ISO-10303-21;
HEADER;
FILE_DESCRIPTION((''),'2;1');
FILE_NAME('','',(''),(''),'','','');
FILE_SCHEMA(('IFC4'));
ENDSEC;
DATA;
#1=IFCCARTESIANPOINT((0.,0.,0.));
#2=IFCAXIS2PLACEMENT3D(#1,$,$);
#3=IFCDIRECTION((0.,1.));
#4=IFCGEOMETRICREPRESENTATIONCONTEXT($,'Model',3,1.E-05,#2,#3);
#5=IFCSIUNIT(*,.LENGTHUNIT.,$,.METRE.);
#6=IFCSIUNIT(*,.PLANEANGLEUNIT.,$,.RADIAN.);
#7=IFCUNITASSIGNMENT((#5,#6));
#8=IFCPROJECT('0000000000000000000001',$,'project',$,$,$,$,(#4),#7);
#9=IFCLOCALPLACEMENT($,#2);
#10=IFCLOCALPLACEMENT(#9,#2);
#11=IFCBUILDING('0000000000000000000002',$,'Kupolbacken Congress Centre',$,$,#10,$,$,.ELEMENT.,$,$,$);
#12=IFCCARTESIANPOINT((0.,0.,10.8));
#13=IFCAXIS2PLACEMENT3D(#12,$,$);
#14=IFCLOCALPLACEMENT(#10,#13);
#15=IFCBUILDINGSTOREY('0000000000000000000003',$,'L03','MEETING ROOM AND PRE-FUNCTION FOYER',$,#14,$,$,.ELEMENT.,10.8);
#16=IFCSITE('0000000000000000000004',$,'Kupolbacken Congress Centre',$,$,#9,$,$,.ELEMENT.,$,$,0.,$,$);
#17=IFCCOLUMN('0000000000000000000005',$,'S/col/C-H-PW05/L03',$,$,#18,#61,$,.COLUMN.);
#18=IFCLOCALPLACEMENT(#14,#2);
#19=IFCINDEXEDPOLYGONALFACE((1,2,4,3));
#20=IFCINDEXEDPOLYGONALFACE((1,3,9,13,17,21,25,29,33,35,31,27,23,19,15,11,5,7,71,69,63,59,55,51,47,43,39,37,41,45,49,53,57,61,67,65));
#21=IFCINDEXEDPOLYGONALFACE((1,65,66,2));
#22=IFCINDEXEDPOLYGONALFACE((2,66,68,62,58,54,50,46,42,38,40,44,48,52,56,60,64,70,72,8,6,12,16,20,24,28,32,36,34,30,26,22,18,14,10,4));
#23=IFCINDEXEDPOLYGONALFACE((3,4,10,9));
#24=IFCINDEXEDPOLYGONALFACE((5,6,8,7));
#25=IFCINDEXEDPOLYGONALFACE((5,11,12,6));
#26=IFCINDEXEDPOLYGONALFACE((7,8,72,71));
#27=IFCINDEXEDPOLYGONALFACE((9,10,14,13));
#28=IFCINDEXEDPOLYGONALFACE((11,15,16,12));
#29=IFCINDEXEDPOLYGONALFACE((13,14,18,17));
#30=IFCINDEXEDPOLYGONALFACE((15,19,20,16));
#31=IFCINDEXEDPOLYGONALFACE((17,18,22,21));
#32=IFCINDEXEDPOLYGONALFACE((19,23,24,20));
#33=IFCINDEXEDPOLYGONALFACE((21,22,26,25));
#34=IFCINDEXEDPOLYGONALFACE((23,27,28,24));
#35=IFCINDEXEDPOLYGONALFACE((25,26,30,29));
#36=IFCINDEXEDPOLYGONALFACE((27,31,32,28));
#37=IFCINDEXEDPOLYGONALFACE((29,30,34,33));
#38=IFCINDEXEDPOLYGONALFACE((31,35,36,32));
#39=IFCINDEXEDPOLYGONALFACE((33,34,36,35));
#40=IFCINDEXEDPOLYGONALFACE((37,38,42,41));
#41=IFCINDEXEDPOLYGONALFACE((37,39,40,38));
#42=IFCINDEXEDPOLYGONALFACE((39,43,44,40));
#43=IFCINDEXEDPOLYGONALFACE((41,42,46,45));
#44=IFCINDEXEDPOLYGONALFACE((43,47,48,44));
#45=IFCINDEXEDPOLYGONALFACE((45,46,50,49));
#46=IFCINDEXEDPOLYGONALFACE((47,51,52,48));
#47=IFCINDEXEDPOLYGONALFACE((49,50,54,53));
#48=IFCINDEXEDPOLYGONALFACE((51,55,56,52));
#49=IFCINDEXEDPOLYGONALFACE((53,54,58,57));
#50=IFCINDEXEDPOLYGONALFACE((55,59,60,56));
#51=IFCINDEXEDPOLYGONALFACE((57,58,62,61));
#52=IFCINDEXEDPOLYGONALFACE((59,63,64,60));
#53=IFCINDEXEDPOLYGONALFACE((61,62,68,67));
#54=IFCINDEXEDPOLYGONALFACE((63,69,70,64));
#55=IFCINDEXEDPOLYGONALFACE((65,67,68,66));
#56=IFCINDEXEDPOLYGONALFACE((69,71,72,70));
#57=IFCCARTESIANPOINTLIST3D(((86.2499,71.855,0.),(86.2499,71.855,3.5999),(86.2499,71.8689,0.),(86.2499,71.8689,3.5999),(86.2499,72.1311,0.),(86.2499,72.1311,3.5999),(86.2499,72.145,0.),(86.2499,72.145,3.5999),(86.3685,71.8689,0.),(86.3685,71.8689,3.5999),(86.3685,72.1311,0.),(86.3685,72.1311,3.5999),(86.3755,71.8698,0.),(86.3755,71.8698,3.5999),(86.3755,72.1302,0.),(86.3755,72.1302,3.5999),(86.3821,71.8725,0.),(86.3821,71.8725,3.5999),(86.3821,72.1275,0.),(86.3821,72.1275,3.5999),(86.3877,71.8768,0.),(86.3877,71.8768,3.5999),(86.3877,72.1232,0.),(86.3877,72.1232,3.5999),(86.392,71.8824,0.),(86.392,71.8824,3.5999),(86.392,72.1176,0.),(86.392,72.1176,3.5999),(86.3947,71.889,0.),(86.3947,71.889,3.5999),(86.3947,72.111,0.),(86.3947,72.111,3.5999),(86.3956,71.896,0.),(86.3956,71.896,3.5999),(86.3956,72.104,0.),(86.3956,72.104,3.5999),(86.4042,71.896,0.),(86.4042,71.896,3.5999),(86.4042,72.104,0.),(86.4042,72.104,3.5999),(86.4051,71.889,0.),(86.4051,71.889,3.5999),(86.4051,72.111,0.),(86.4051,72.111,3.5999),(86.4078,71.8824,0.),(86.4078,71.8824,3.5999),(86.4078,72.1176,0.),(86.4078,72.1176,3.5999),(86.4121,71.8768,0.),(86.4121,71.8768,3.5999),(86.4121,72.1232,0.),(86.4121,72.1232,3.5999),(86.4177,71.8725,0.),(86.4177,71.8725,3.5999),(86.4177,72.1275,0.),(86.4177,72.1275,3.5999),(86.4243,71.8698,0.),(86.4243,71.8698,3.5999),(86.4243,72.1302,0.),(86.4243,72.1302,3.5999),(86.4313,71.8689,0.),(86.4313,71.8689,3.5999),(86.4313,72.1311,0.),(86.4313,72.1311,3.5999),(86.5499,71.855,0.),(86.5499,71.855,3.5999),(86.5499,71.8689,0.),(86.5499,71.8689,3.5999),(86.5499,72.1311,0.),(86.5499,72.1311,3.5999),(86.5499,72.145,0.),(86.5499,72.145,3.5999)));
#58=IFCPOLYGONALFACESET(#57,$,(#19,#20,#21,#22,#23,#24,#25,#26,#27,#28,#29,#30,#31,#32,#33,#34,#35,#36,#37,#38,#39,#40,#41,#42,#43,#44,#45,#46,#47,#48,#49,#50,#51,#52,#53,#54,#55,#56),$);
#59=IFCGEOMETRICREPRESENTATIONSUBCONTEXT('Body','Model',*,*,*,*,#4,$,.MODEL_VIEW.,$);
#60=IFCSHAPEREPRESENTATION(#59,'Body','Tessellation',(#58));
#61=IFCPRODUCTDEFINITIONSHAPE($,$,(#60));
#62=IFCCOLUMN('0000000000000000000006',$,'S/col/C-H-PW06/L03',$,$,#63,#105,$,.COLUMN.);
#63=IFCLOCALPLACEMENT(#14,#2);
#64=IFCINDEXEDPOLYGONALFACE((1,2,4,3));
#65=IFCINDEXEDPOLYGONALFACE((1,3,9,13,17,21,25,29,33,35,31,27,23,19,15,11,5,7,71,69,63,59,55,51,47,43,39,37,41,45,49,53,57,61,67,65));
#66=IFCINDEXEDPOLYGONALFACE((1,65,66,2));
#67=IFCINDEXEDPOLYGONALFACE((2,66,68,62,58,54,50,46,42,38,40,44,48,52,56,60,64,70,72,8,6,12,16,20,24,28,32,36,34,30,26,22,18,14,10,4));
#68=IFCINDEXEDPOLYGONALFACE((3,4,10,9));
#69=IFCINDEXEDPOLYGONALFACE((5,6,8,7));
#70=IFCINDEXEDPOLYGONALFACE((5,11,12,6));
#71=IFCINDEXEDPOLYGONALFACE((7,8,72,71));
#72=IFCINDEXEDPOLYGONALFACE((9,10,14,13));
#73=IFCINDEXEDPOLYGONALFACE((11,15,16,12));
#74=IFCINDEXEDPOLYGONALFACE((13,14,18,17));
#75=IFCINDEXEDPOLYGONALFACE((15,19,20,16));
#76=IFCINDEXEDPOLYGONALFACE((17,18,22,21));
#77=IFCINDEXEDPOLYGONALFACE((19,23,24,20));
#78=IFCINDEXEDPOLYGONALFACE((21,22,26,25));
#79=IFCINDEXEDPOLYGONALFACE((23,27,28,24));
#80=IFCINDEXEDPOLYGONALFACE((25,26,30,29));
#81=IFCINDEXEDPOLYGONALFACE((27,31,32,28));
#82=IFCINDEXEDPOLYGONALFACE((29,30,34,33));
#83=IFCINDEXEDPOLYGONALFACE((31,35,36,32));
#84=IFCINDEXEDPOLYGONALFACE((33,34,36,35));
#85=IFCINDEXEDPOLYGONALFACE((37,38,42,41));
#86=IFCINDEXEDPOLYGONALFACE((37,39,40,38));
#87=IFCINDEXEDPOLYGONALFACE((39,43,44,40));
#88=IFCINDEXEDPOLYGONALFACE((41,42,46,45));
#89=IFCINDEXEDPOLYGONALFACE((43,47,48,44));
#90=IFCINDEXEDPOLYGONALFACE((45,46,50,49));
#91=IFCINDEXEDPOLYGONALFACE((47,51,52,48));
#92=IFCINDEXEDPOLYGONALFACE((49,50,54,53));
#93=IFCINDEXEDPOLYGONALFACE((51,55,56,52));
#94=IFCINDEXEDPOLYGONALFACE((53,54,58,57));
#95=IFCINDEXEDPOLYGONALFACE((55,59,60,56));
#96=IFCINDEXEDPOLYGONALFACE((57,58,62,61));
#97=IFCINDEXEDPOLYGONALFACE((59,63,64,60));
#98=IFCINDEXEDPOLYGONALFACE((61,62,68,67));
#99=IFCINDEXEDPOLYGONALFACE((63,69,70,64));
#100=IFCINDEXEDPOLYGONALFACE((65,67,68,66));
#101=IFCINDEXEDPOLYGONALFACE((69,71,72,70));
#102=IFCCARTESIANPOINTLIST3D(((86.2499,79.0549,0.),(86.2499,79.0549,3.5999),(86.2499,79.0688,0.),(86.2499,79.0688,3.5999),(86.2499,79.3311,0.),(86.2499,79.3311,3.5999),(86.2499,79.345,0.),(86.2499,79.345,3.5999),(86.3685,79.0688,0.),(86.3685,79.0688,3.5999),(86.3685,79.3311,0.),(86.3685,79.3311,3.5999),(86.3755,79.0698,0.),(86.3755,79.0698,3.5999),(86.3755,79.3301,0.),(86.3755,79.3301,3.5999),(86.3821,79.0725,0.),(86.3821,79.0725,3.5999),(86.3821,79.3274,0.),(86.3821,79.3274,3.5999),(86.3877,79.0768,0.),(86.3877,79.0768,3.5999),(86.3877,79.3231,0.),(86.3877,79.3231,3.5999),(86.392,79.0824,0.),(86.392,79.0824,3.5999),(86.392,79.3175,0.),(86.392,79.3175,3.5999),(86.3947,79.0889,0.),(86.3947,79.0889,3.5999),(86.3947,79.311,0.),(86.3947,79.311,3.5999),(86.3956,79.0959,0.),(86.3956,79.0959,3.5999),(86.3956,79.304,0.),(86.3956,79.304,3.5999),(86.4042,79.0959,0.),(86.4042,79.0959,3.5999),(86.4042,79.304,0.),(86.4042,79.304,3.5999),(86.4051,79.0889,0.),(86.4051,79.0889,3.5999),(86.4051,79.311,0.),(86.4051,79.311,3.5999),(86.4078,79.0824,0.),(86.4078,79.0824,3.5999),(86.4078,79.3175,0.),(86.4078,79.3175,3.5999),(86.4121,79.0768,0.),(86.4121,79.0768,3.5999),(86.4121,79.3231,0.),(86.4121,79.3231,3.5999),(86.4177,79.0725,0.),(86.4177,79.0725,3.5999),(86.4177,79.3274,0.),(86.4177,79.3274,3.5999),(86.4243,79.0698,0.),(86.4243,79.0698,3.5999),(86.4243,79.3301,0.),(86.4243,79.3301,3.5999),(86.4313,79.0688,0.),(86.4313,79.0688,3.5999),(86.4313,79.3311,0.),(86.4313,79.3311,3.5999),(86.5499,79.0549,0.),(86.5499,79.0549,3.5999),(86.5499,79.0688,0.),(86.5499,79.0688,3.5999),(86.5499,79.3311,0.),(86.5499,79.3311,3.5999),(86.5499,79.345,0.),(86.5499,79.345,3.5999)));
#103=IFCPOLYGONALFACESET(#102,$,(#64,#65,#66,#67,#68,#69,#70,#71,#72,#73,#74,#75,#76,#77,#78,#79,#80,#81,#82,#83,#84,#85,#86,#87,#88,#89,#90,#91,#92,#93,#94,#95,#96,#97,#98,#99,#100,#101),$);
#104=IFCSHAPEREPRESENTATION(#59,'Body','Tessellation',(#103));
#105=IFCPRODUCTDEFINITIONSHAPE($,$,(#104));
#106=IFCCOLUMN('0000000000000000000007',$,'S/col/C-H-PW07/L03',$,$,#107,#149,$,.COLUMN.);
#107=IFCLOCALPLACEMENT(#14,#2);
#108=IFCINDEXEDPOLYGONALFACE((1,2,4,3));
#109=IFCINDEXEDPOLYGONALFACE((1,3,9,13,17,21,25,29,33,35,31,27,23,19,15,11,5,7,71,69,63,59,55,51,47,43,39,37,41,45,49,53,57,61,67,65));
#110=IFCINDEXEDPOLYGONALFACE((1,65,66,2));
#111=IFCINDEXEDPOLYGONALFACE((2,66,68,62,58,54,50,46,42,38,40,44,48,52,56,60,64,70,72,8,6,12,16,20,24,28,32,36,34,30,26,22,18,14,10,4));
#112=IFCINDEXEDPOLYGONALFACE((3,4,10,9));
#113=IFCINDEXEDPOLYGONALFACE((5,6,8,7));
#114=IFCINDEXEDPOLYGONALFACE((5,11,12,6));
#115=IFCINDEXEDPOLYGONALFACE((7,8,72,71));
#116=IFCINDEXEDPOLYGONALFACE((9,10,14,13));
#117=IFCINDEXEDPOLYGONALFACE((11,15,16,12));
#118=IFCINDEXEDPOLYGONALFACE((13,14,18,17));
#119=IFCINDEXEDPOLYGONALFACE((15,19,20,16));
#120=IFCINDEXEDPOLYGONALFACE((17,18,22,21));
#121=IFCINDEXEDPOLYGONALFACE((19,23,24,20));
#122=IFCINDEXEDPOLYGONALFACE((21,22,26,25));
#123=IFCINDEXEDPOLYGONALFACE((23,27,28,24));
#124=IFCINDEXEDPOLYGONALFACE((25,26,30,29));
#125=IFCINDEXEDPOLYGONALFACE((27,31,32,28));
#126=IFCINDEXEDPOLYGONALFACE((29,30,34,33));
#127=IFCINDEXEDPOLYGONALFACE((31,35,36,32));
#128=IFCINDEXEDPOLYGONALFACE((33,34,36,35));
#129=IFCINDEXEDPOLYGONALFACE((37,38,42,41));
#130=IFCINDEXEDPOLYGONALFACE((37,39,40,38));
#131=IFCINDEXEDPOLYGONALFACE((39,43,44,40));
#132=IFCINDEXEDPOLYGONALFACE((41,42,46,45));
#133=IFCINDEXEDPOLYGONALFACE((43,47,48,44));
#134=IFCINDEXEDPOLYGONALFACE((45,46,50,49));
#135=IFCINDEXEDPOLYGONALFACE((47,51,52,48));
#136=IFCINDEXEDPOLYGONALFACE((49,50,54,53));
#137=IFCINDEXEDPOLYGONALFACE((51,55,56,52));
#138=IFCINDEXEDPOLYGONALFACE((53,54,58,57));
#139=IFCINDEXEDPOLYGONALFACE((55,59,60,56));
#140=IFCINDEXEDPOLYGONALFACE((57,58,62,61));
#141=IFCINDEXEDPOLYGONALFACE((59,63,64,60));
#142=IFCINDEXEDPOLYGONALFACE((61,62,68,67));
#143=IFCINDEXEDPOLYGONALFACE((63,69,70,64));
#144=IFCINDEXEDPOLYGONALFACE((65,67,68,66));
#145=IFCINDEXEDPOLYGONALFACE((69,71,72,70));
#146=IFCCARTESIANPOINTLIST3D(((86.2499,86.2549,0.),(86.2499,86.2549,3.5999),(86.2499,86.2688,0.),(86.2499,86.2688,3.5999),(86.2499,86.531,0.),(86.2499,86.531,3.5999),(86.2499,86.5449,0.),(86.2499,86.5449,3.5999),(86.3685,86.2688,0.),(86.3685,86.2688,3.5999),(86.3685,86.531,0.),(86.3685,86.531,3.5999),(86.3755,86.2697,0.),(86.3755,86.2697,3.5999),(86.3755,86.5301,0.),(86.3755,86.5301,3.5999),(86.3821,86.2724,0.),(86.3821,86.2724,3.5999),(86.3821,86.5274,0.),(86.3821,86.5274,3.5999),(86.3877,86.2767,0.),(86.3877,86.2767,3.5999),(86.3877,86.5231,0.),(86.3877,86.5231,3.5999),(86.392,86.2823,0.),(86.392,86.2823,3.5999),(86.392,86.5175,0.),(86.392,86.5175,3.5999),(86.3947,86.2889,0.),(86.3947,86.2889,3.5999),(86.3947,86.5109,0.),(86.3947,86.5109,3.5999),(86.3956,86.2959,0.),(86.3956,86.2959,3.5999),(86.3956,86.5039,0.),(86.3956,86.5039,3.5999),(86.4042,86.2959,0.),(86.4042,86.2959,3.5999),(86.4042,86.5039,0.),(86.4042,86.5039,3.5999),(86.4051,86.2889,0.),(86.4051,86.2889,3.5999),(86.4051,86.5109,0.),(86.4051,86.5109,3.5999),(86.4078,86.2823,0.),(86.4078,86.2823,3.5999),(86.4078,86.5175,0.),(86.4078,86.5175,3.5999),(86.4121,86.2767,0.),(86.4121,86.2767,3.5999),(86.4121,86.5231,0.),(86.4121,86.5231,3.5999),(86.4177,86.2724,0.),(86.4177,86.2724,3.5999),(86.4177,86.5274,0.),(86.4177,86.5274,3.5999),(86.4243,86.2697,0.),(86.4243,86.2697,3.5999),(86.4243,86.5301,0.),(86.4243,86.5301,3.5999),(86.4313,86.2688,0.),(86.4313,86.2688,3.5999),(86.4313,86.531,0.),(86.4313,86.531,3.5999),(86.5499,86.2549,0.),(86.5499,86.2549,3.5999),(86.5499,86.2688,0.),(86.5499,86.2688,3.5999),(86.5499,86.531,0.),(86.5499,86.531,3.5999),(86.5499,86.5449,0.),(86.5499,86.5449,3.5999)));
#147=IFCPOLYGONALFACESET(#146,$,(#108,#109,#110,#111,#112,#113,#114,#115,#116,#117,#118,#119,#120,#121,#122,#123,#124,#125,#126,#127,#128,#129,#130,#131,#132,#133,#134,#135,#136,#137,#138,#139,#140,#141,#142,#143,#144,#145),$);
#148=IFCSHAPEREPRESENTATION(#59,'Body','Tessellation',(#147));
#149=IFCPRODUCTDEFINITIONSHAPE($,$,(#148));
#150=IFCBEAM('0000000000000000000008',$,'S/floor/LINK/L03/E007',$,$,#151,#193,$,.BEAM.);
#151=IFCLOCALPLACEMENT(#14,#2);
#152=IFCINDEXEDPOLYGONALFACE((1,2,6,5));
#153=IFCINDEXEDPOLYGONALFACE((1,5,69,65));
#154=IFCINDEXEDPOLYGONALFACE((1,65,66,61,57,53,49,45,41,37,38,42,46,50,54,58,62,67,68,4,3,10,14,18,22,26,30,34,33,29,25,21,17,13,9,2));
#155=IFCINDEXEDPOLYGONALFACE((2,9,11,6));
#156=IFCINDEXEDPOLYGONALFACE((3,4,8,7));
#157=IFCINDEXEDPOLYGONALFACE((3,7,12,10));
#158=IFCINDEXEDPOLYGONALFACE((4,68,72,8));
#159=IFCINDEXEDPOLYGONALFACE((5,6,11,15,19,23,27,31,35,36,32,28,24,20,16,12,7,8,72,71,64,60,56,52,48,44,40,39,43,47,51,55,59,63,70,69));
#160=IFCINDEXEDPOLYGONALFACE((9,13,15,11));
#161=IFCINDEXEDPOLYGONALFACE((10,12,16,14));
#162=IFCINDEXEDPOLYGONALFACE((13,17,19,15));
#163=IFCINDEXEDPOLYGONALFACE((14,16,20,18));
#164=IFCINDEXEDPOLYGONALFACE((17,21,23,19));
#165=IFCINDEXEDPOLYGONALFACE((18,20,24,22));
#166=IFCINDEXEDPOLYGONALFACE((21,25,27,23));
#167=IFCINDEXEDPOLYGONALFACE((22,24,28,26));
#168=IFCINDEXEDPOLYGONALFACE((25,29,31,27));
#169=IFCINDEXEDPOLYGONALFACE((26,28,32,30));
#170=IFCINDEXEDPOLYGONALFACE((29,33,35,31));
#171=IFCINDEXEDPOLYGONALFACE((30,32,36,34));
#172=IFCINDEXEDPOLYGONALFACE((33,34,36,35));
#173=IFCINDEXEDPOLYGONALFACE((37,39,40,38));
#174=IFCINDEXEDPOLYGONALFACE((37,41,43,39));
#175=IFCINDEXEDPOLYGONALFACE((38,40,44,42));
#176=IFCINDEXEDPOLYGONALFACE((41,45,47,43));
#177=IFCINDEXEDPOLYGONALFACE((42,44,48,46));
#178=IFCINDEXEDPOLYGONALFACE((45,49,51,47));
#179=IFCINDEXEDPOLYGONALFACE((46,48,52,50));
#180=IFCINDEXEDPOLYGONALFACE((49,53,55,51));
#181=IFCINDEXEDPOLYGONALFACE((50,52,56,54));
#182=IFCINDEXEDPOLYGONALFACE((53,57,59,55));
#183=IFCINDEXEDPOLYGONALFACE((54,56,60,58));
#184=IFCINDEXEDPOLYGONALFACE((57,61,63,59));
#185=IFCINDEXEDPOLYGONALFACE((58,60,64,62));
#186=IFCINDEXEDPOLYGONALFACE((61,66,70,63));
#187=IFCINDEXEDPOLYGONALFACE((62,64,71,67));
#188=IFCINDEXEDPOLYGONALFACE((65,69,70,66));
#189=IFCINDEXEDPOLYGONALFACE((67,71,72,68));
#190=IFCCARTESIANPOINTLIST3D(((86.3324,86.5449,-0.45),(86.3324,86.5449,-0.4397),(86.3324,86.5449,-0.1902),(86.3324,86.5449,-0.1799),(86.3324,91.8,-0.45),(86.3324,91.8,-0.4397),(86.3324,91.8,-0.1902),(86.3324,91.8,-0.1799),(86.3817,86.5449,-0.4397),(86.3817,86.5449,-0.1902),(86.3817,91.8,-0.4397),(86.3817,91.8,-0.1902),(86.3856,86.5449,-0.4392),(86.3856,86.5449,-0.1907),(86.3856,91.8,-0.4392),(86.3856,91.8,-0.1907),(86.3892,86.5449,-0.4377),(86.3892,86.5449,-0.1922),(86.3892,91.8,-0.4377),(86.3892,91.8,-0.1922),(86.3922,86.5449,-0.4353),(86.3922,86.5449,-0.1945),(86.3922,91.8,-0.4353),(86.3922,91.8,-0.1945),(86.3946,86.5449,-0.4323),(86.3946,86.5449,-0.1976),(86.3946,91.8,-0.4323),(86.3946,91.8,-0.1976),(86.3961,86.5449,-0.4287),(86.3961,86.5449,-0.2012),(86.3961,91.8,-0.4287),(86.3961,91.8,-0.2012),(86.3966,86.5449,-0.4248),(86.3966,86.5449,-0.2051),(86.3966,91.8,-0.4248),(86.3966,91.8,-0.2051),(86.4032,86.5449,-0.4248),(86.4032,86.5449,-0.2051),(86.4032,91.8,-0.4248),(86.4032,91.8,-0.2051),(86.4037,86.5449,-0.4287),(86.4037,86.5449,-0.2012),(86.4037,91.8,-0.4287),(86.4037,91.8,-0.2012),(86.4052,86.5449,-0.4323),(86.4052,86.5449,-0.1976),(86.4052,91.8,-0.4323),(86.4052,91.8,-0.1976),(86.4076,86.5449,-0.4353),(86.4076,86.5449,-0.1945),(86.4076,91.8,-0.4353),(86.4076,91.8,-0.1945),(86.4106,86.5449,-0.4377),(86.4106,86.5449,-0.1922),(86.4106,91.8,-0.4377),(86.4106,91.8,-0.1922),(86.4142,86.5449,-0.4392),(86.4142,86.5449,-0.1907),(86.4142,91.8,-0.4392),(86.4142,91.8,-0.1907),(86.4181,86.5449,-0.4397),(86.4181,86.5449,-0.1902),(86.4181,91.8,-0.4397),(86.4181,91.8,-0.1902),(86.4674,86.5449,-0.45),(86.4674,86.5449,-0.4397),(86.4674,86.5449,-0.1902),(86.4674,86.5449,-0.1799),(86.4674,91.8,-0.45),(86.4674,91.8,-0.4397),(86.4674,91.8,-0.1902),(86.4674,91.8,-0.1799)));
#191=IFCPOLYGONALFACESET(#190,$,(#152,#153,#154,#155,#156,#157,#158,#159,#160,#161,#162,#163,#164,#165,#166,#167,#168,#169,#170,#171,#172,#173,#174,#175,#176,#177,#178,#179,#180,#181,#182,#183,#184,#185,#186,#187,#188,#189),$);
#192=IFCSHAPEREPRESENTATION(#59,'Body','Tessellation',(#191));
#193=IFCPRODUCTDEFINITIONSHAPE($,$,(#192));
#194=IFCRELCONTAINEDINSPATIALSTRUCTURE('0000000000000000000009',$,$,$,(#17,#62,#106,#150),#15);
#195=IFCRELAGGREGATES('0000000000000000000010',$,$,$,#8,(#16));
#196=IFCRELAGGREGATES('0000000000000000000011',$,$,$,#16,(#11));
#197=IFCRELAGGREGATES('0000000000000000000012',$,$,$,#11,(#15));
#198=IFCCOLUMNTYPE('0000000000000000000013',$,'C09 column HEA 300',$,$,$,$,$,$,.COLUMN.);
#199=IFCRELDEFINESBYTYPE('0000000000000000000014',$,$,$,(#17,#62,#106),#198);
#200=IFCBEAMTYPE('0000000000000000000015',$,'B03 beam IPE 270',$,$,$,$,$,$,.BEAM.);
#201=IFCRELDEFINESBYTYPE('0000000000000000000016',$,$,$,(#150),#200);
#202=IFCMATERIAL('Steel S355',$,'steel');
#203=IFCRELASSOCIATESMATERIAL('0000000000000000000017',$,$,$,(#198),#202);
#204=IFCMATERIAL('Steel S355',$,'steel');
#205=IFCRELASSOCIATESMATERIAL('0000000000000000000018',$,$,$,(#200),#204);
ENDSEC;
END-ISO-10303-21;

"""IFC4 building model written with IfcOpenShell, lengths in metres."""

from ifc_helpers import new_model, si_unit, direction, frame, origin, origin_2d, place, context, subcontext, project, spatial, i_section, extrude, material, material_profile, profile_set, type_object, element, save


model = new_model("IFC4")

# Units and contexts
model_context = context("Model", 3, precision=1e-05, world=origin(), true_north=direction((0.0, 1.0)))
body_context = subcontext(model_context, "Body", "Model", "MODEL_VIEW")
ifc_project = project(units=[si_unit("LENGTHUNIT", "METRE"), si_unit("PLANEANGLEUNIT", "RADIAN")], contexts=[model_context])

# Site, building, storey
site_placement = place(None, origin())
site = spatial("IfcSite", under=ifc_project, at=site_placement, Name="Kupolbacken Congress Centre", CompositionType="ELEMENT", RefElevation=0.0)
building_placement = place(site_placement, origin())
building = spatial("IfcBuilding", under=site, at=building_placement, Name="Kupolbacken Congress Centre", CompositionType="ELEMENT")
storey_placement = place(building_placement, frame((0.0, 0.0, 10.8)))
storey = spatial("IfcBuildingStorey", under=building, at=storey_placement, Name="L03", Description="MEETING ROOM AND PRE-FUNCTION FOYER", CompositionType="ELEMENT", Elevation=10.8)

# Columns
ifc_material_1 = material(Name="Steel S355", Category="steel")
ifc_material_profile_1 = material_profile(ifc_material_1, i_section(OverallWidth=0.3, OverallDepth=0.29, WebThickness=0.0085, FlangeThickness=0.0139, FilletRadius=0.0271, at=origin_2d()), Name="HEA 300")
ifc_profile_set_1 = profile_set([ifc_material_profile_1], Name="Steel S355")
column_type = type_object("IfcColumnType", Name="C09 column HEA 300", PredefinedType="COLUMN", material=ifc_profile_set_1)
for number, where, z_axis, x_axis, name in (
    (1, (86.3999, 72.0, 0.0), (0.0, 0.0, 1.0), (1.0, 0.0, 0.0), "S/col/C-H-PW05/L03"),
    (2, (86.3999, 79.2, 0.0), (0.0, 0.0, 1.0), (1.0, 0.0, 0.0), "S/col/C-H-PW06/L03"),
    (3, (86.3999, 86.3999, 0.0), (0.0, 0.0, 1.0), (1.0, 0.0, 0.0), "S/col/C-H-PW07/L03"),
):
    element("IfcColumn", number, at=place(storey_placement, frame(where, z_axis=z_axis, x_axis=x_axis)), inside=storey, type_object=column_type, Name=name, PredefinedType="COLUMN", context=body_context, shape_type="SweptSolid", body=[
        extrude(i_section(OverallWidth=0.3, OverallDepth=0.29, WebThickness=0.0085, FlangeThickness=0.0139, FilletRadius=0.0271, at=origin_2d()), origin(), (0.0, 0.0, 1.0), 3.5999),
    ])

# Beam
ifc_material_2 = material(Name="Steel S355", Category="steel")
ifc_material_profile_2 = material_profile(ifc_material_2, i_section(OverallWidth=0.135, OverallDepth=0.27, WebThickness=0.0066, FlangeThickness=0.0103, FilletRadius=0.0149, at=origin_2d()), Name="IPE 270")
ifc_profile_set_2 = profile_set([ifc_material_profile_2], Name="Steel S355")
beam_type_1 = type_object("IfcBeamType", Name="B03 beam IPE 270", PredefinedType="BEAM", material=ifc_profile_set_2)
beam_1_placement = place(storey_placement, frame((86.3999, 86.5449, -0.3149), z_axis=(0.0, 1.0, 0.0), x_axis=(-1.0, 0.0, 0.0)))
element("IfcBeam", 4, at=beam_1_placement, inside=storey, type_object=beam_type_1, Name="S/floor/LINK/L03/E007", PredefinedType="BEAM", context=body_context, shape_type="SweptSolid", body=[
    extrude(i_section(OverallWidth=0.135, OverallDepth=0.27, WebThickness=0.0066, FlangeThickness=0.0103, FilletRadius=0.0149, at=origin_2d()), origin(), (0.0, 0.0, 1.0), 5.2551),
])

save(model, "model.ifc")
